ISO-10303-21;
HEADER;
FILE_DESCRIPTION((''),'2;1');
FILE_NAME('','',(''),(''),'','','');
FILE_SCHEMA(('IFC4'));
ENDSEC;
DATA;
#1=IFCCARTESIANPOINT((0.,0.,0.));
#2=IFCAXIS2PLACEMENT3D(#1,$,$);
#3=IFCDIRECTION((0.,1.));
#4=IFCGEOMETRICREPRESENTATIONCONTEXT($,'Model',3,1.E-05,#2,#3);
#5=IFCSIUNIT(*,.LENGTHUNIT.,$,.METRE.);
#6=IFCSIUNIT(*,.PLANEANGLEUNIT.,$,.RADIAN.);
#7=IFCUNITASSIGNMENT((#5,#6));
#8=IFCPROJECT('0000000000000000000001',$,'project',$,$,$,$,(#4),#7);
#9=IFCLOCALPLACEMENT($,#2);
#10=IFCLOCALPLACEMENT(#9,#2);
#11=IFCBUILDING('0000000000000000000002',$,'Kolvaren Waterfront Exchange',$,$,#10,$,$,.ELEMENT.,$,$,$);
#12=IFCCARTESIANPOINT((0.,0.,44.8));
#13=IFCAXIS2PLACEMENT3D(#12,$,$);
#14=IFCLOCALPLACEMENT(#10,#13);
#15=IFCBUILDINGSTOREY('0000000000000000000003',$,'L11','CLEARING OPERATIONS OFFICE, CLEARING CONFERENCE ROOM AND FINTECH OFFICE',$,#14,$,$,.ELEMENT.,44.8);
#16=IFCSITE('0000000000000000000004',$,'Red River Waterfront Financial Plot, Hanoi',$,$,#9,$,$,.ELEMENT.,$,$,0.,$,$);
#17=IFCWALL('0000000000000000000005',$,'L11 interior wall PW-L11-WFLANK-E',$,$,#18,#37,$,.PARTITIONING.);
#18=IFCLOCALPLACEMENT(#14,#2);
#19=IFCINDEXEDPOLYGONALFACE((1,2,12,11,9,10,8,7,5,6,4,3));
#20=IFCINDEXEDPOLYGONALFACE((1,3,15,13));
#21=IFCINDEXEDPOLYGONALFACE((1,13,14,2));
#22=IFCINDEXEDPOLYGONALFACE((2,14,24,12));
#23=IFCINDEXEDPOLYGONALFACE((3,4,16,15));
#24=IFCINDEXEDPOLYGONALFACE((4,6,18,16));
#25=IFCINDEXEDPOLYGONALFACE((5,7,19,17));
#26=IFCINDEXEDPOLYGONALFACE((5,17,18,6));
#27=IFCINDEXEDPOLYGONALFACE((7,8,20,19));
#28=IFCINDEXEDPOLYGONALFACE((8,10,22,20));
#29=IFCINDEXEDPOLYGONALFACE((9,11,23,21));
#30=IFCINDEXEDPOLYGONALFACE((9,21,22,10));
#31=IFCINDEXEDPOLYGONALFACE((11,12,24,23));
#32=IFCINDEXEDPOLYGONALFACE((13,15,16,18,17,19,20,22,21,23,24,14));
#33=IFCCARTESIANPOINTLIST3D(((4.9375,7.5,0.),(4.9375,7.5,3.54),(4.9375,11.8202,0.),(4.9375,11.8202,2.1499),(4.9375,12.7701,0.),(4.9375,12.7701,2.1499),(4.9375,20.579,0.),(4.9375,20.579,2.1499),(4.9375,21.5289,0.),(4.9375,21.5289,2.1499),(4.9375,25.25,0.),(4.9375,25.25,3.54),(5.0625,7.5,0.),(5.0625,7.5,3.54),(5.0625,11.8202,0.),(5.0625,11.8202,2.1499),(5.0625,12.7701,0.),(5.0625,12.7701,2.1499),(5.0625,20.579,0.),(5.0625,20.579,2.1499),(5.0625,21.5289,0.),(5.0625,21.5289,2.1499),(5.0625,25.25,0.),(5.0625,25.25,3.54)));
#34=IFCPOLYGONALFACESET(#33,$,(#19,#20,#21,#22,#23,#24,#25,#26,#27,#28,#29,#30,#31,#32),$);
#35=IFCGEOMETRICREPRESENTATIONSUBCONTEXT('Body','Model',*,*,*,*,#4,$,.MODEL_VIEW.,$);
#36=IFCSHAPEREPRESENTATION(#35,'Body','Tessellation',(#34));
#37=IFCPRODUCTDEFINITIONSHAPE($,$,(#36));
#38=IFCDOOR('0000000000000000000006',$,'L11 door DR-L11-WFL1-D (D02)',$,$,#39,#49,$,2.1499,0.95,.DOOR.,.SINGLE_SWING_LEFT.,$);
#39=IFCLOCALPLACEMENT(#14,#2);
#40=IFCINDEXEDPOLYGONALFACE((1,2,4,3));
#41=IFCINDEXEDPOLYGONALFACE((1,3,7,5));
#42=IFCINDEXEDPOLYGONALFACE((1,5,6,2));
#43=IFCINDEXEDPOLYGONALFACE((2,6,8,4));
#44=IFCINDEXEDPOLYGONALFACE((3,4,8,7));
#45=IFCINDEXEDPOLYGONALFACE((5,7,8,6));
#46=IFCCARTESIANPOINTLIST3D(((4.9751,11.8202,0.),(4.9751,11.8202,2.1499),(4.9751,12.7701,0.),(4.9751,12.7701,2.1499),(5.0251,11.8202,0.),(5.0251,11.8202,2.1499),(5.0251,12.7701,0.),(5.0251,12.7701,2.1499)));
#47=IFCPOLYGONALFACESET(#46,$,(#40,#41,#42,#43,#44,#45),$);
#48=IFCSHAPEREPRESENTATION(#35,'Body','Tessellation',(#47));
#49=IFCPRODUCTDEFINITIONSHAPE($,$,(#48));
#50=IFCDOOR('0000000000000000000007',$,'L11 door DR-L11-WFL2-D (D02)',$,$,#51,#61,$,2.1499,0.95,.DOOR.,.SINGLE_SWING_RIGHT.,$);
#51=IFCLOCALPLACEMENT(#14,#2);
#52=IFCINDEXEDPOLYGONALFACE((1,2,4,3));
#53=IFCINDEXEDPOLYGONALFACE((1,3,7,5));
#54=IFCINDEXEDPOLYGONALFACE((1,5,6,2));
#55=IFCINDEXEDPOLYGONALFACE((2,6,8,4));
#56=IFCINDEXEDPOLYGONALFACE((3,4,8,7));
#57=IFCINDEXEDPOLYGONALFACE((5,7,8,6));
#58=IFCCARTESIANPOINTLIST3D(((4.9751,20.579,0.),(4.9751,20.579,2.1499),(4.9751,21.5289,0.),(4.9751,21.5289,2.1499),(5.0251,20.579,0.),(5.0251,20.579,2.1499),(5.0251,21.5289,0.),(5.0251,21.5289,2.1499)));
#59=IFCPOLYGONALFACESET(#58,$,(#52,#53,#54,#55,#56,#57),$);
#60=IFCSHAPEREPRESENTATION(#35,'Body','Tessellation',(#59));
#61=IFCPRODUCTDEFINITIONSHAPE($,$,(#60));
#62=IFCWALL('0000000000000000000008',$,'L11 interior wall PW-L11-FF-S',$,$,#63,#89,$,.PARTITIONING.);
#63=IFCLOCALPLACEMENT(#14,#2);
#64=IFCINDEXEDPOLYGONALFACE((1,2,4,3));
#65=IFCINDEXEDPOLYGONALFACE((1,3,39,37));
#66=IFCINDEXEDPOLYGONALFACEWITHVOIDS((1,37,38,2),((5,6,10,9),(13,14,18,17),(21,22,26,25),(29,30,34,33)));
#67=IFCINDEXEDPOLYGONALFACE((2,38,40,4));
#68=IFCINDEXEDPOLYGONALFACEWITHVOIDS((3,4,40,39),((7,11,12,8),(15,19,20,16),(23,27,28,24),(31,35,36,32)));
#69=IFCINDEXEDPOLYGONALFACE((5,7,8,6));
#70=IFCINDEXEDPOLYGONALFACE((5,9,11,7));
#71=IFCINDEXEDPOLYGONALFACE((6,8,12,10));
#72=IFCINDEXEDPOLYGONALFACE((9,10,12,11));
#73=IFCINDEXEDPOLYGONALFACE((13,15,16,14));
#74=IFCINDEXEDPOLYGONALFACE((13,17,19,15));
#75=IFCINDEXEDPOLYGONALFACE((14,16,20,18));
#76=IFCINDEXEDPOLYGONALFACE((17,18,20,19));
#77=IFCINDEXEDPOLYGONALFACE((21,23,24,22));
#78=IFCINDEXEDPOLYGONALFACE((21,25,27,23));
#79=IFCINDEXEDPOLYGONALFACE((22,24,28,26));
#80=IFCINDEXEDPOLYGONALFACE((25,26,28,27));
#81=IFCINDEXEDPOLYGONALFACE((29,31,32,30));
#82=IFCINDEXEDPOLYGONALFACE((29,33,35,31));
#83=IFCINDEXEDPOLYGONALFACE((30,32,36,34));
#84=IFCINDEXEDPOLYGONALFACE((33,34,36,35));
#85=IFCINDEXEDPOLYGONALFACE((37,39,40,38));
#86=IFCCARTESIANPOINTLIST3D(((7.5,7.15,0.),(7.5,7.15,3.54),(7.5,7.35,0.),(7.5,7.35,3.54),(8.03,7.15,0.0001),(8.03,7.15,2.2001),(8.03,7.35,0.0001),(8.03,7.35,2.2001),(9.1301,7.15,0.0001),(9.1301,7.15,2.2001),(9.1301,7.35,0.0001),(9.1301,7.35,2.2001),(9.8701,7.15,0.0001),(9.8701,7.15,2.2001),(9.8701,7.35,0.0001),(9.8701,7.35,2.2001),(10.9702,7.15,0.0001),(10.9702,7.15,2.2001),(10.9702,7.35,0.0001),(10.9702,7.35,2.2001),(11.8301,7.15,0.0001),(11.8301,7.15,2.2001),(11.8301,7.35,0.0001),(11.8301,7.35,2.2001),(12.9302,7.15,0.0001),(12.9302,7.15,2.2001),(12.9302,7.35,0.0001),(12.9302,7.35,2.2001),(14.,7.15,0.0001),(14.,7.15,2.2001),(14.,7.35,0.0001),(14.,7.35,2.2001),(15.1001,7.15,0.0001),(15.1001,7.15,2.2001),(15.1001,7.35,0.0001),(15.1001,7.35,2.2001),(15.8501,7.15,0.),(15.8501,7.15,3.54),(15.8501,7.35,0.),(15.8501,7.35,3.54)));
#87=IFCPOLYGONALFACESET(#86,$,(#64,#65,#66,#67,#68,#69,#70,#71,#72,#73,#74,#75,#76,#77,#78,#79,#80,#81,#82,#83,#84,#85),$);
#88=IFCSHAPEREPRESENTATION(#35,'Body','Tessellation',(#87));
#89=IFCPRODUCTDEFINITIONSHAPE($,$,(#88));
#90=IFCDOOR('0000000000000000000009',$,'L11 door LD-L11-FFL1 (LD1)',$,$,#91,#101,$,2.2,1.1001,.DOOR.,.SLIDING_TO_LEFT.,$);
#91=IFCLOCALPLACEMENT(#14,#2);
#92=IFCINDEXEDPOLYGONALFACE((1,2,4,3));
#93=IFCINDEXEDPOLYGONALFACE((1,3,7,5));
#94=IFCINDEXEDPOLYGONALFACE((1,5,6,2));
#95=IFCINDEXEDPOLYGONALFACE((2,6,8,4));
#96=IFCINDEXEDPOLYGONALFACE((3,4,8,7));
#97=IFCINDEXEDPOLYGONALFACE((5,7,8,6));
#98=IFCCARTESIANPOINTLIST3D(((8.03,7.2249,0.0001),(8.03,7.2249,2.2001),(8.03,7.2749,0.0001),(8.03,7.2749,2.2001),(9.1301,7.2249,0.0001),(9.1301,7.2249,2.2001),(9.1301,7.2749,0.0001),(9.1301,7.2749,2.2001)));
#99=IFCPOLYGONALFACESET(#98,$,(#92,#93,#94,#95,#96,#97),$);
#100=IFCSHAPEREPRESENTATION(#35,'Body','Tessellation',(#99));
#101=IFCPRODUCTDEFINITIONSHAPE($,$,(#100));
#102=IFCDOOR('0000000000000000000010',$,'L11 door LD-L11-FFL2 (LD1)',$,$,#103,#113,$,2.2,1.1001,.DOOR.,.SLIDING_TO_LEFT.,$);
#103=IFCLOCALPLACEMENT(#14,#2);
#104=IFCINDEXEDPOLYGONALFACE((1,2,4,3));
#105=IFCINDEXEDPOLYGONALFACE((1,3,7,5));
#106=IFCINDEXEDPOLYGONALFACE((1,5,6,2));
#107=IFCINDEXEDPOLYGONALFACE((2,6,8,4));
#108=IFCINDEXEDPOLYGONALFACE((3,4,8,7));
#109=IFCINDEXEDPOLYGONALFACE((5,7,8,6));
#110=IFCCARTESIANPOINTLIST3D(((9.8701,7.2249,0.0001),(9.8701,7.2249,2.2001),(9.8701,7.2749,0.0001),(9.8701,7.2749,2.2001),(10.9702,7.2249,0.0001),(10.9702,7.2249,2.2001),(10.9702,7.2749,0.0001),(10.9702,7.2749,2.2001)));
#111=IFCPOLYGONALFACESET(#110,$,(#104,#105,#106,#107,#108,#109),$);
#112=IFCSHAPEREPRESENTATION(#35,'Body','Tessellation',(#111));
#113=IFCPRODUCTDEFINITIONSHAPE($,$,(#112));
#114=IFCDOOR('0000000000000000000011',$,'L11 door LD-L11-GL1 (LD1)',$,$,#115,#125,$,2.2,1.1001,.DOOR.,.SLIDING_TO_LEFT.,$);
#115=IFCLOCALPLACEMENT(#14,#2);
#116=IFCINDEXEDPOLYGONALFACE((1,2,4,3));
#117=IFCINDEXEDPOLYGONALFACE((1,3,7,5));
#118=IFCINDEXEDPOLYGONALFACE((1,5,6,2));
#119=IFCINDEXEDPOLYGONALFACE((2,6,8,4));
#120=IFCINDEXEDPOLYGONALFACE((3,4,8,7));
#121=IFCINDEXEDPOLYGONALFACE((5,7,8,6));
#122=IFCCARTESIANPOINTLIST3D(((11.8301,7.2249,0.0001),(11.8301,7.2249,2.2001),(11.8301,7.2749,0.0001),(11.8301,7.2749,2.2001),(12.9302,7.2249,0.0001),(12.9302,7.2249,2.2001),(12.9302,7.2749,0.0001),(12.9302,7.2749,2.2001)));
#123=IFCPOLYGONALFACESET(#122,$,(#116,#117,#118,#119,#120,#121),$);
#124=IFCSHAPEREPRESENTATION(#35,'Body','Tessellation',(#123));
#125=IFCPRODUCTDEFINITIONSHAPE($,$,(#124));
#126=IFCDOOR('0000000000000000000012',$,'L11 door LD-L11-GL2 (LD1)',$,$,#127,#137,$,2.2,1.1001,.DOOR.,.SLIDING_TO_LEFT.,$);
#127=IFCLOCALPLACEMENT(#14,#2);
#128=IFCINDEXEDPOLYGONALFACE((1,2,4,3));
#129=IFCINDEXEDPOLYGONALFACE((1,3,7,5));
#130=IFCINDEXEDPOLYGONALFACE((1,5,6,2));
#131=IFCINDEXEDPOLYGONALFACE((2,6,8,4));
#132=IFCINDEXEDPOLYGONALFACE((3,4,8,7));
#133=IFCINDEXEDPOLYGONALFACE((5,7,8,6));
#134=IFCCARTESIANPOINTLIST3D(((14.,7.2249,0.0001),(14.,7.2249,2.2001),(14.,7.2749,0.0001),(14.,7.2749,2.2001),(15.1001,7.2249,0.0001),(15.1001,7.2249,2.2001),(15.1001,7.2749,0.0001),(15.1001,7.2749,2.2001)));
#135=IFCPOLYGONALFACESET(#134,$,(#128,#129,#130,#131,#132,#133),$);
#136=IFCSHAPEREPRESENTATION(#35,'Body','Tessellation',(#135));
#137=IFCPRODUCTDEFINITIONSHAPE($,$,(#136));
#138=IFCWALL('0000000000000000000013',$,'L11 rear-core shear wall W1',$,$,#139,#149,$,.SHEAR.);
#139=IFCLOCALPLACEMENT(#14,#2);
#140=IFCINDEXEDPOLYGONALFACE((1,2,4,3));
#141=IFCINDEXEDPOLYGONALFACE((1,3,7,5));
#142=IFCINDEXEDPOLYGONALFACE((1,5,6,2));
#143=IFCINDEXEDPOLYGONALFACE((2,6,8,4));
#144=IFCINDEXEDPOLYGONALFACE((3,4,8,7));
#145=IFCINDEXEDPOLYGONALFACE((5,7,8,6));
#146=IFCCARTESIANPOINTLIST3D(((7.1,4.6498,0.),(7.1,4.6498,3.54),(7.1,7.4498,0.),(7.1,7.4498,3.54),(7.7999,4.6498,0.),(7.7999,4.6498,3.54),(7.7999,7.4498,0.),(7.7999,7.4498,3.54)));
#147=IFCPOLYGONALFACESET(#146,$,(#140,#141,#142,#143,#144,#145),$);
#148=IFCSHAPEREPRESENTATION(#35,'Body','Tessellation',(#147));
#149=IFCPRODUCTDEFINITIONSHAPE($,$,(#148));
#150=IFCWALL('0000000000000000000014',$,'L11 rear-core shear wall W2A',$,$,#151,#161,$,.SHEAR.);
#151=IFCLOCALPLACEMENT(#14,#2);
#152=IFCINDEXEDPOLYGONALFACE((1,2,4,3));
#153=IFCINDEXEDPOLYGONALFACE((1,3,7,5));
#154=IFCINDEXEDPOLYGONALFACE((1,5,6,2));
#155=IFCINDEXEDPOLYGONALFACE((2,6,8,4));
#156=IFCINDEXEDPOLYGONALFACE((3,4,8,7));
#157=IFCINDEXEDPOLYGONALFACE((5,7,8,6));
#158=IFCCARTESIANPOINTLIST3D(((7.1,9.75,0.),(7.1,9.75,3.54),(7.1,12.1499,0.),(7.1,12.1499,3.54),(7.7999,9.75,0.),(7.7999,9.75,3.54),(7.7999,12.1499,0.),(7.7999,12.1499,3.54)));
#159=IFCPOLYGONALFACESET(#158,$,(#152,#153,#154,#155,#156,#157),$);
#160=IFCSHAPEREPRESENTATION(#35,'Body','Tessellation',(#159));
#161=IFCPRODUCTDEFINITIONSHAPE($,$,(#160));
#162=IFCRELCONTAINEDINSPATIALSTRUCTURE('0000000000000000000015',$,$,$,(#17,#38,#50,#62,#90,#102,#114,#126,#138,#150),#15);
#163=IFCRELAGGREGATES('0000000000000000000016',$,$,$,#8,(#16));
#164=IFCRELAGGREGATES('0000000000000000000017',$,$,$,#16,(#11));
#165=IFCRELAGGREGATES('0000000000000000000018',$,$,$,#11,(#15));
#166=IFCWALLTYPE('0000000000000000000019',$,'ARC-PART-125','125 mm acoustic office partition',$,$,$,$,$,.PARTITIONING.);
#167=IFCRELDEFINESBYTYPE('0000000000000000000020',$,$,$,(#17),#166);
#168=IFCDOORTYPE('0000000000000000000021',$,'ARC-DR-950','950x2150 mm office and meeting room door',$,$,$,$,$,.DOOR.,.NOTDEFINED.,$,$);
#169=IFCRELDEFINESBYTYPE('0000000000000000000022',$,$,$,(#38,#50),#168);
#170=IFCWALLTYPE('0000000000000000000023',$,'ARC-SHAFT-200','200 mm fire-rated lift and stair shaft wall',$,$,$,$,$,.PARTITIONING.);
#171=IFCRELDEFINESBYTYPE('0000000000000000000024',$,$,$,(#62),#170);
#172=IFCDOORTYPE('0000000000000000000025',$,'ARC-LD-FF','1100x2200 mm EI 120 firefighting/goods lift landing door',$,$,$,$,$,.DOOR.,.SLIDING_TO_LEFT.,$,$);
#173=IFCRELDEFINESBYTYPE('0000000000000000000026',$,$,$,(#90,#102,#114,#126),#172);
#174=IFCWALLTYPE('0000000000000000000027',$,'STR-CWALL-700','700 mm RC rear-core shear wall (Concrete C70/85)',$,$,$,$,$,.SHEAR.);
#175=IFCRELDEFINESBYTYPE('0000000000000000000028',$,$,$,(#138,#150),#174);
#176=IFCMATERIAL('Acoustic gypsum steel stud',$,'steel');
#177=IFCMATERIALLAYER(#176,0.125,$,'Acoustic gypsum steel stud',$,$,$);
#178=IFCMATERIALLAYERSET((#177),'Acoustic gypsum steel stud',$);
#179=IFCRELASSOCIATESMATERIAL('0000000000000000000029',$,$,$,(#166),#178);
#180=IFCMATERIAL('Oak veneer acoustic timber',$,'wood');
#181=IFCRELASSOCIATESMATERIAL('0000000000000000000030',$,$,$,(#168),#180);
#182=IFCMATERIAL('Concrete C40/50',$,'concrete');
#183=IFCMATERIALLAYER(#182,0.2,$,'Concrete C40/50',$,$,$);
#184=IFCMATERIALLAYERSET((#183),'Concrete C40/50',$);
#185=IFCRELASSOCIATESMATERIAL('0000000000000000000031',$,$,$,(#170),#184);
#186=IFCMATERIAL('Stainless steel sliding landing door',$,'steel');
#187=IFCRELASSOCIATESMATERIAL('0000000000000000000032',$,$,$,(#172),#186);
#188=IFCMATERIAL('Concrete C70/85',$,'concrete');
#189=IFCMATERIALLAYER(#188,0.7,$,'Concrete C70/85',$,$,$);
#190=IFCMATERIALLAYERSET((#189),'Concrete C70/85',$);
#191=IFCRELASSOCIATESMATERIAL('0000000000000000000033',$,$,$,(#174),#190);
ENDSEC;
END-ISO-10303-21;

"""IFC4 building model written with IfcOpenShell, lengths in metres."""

from ifc_helpers import new_model, si_unit, direction, frame, frame_2d, origin, place, context, subcontext, project, spatial, rectangle, extrude, material, layer, layer_set, type_object, element, fill, save


model = new_model("IFC4")

# Units and contexts
model_context = context("Model", 3, precision=1e-05, world=origin(), true_north=direction((0.0, 1.0)))
body_context = subcontext(model_context, "Body", "Model", "MODEL_VIEW")
ifc_project = project(units=[si_unit("LENGTHUNIT", "METRE"), si_unit("PLANEANGLEUNIT", "RADIAN")], contexts=[model_context])

# Site, building, storey
site_placement = place(None, origin())
site = spatial("IfcSite", under=ifc_project, at=site_placement, Name="Red River Waterfront Financial Plot, Hanoi", CompositionType="ELEMENT", RefElevation=0.0)
building_placement = place(site_placement, origin())
building = spatial("IfcBuilding", under=site, at=building_placement, Name="Kolvaren Waterfront Exchange", CompositionType="ELEMENT")
storey_placement = place(building_placement, frame((0.0, 0.0, 44.8)))
storey = spatial("IfcBuildingStorey", under=building, at=storey_placement, Name="L11", Description="CLEARING OPERATIONS OFFICE, CLEARING CONFERENCE ROOM AND FINTECH OFFICE", CompositionType="ELEMENT", Elevation=44.8)

# Shared definitions
ifc_material_1 = material(Name="Concrete C70/85", Category="concrete")

# Shared definitions
ifc_material_2 = material(Name="Acoustic gypsum steel stud", Category="steel")
ifc_layer_1 = layer(ifc_material_2, 0.125, Name="Acoustic gypsum steel stud")
ifc_layer_set_1 = layer_set([ifc_layer_1], Name="Acoustic gypsum steel stud")
wall_type_1 = type_object("IfcWallType", Name="ARC-PART-125", Description="125 mm acoustic office partition", PredefinedType="PARTITIONING", material=ifc_layer_set_1)

# Walls, openings, doors
wall_1_placement = place(storey_placement, frame((5.0, 7.5, 0.0), z_axis=(0.0, 0.0, 1.0), x_axis=(0.0, 1.0, 0.0)))
wall_1 = element("IfcWall", 1, at=wall_1_placement, inside=storey, type_object=wall_type_1, Name="L11 interior wall PW-L11-WFLANK-E", PredefinedType="PARTITIONING", context=body_context, shape_type="SweptSolid", body=[
    extrude(rectangle(XDim=17.75, YDim=0.125, at=frame_2d((8.875, 0.0))), origin(), (0.0, 0.0, 1.0), 3.54),
])
opening_1_placement = place(wall_1_placement, frame((4.3201, 0.0, 0.0)))
opening_1 = element("IfcOpeningElement", 2, at=opening_1_placement, cuts=wall_1, PredefinedType="OPENING", context=body_context, shape_type="SweptSolid", body=[
    extrude(rectangle(XDim=0.95, YDim=2.1499, at=frame_2d((0.4751, 1.075))), frame((0.0, 0.0725, 0.0), z_axis=(0.0, -1.0, 0.0), x_axis=(1.0, 0.0, 0.0)), (0.0, 0.0, 1.0), 0.145),
])
opening_2_placement = place(wall_1_placement, frame((13.0789, 0.0, 0.0)))
opening_2 = element("IfcOpeningElement", 3, at=opening_2_placement, cuts=wall_1, PredefinedType="OPENING", context=body_context, shape_type="SweptSolid", body=[
    extrude(rectangle(XDim=0.95, YDim=2.1499, at=frame_2d((0.4751, 1.075))), frame((0.0, 0.0725, 0.0), z_axis=(0.0, -1.0, 0.0), x_axis=(1.0, 0.0, 0.0)), (0.0, 0.0, 1.0), 0.145),
])
ifc_material_3 = material(Name="Oak veneer acoustic timber", Category="wood")
door_type_1 = type_object("IfcDoorType", Name="ARC-DR-950", Description="950x2150 mm office and meeting room door", OperationType="NOTDEFINED", PredefinedType="DOOR", material=ifc_material_3)
door_1_placement = place(opening_1_placement, origin())
door_1 = element("IfcDoor", 4, at=door_1_placement, inside=storey, type_object=door_type_1, Name="L11 door DR-L11-WFL1-D (D02)", OperationType="SINGLE_SWING_LEFT", OverallHeight=2.1499, OverallWidth=0.95, PredefinedType="DOOR", context=body_context, shape_type="SweptSolid", body=[
    extrude(rectangle(XDim=0.95, YDim=2.1499, at=frame_2d((0.4751, 1.075))), frame((0.0, 0.0249, 0.0), z_axis=(0.0, -1.0, 0.0), x_axis=(1.0, 0.0, 0.0)), (0.0, 0.0, 1.0), 0.05),
])
fill(opening_1, door_1)
door_2_placement = place(opening_2_placement, origin())
door_2 = element("IfcDoor", 5, at=door_2_placement, inside=storey, type_object=door_type_1, Name="L11 door DR-L11-WFL2-D (D02)", OperationType="SINGLE_SWING_RIGHT", OverallHeight=2.1499, OverallWidth=0.95, PredefinedType="DOOR", context=body_context, shape_type="SweptSolid", body=[
    extrude(rectangle(XDim=0.95, YDim=2.1499, at=frame_2d((0.4751, 1.075))), frame((0.0, 0.0249, 0.0), z_axis=(0.0, -1.0, 0.0), x_axis=(1.0, 0.0, 0.0)), (0.0, 0.0, 1.0), 0.05),
])
fill(opening_2, door_2)
ifc_material_4 = material(Name="Concrete C40/50", Category="concrete")
ifc_layer_2 = layer(ifc_material_4, 0.2, Name="Concrete C40/50")
ifc_layer_set_2 = layer_set([ifc_layer_2], Name="Concrete C40/50")
wall_type_2 = type_object("IfcWallType", Name="ARC-SHAFT-200", Description="200 mm fire-rated lift and stair shaft wall", PredefinedType="PARTITIONING", material=ifc_layer_set_2)
wall_2_placement = place(storey_placement, frame((7.5, 7.25, 0.0), z_axis=(0.0, 0.0, 1.0), x_axis=(1.0, 0.0, 0.0)))
wall_2 = element("IfcWall", 6, at=wall_2_placement, inside=storey, type_object=wall_type_2, Name="L11 interior wall PW-L11-FF-S", PredefinedType="PARTITIONING", context=body_context, shape_type="SweptSolid", body=[
    extrude(rectangle(XDim=8.3501, YDim=0.2, at=frame_2d((4.175, 0.0))), origin(), (0.0, 0.0, 1.0), 3.54),
])
opening_3_placement = place(wall_2_placement, frame((0.53, 0.0, 0.0)))
opening_3 = element("IfcOpeningElement", 7, at=opening_3_placement, cuts=wall_2, PredefinedType="OPENING", context=body_context, shape_type="SweptSolid", body=[
    extrude(rectangle(XDim=1.1001, YDim=2.2, at=frame_2d((0.55, 1.1001))), frame((0.0, 0.1099, 0.0), z_axis=(0.0, -1.0, 0.0), x_axis=(1.0, 0.0, 0.0)), (0.0, 0.0, 1.0), 0.22),
])
opening_4_placement = place(wall_2_placement, frame((2.3701, 0.0, 0.0)))
opening_4 = element("IfcOpeningElement", 8, at=opening_4_placement, cuts=wall_2, PredefinedType="OPENING", context=body_context, shape_type="SweptSolid", body=[
    extrude(rectangle(XDim=1.1001, YDim=2.2, at=frame_2d((0.55, 1.1001))), frame((0.0, 0.1099, 0.0), z_axis=(0.0, -1.0, 0.0), x_axis=(1.0, 0.0, 0.0)), (0.0, 0.0, 1.0), 0.22),
])
opening_5_placement = place(wall_2_placement, frame((4.3301, 0.0, 0.0)))
opening_5 = element("IfcOpeningElement", 9, at=opening_5_placement, cuts=wall_2, PredefinedType="OPENING", context=body_context, shape_type="SweptSolid", body=[
    extrude(rectangle(XDim=1.1001, YDim=2.2, at=frame_2d((0.55, 1.1001))), frame((0.0, 0.1099, 0.0), z_axis=(0.0, -1.0, 0.0), x_axis=(1.0, 0.0, 0.0)), (0.0, 0.0, 1.0), 0.22),
])
opening_6_placement = place(wall_2_placement, frame((6.5, 0.0, 0.0)))
opening_6 = element("IfcOpeningElement", 10, at=opening_6_placement, cuts=wall_2, PredefinedType="OPENING", context=body_context, shape_type="SweptSolid", body=[
    extrude(rectangle(XDim=1.1001, YDim=2.2, at=frame_2d((0.55, 1.1001))), frame((0.0, 0.1099, 0.0), z_axis=(0.0, -1.0, 0.0), x_axis=(1.0, 0.0, 0.0)), (0.0, 0.0, 1.0), 0.22),
])
ifc_material_5 = material(Name="Stainless steel sliding landing door", Category="steel")
door_type_2 = type_object("IfcDoorType", Name="ARC-LD-FF", Description="1100x2200 mm EI 120 firefighting/goods lift landing door", OperationType="SLIDING_TO_LEFT", PredefinedType="DOOR", material=ifc_material_5)
door_3_placement = place(opening_3_placement, origin())
door_3 = element("IfcDoor", 11, at=door_3_placement, inside=storey, type_object=door_type_2, Name="L11 door LD-L11-FFL1 (LD1)", OperationType="SLIDING_TO_LEFT", OverallHeight=2.2, OverallWidth=1.1001, PredefinedType="DOOR", context=body_context, shape_type="SweptSolid", body=[
    extrude(rectangle(XDim=1.1001, YDim=2.2, at=frame_2d((0.55, 1.1001))), frame((0.0, 0.0249, 0.0), z_axis=(0.0, -1.0, 0.0), x_axis=(1.0, 0.0, 0.0)), (0.0, 0.0, 1.0), 0.05),
])
fill(opening_3, door_3)
door_4_placement = place(opening_4_placement, origin())
door_4 = element("IfcDoor", 12, at=door_4_placement, inside=storey, type_object=door_type_2, Name="L11 door LD-L11-FFL2 (LD1)", OperationType="SLIDING_TO_LEFT", OverallHeight=2.2, OverallWidth=1.1001, PredefinedType="DOOR", context=body_context, shape_type="SweptSolid", body=[
    extrude(rectangle(XDim=1.1001, YDim=2.2, at=frame_2d((0.55, 1.1001))), frame((0.0, 0.0249, 0.0), z_axis=(0.0, -1.0, 0.0), x_axis=(1.0, 0.0, 0.0)), (0.0, 0.0, 1.0), 0.05),
])
fill(opening_4, door_4)
door_5_placement = place(opening_5_placement, origin())
door_5 = element("IfcDoor", 13, at=door_5_placement, inside=storey, type_object=door_type_2, Name="L11 door LD-L11-GL1 (LD1)", OperationType="SLIDING_TO_LEFT", OverallHeight=2.2, OverallWidth=1.1001, PredefinedType="DOOR", context=body_context, shape_type="SweptSolid", body=[
    extrude(rectangle(XDim=1.1001, YDim=2.2, at=frame_2d((0.55, 1.1001))), frame((0.0, 0.0249, 0.0), z_axis=(0.0, -1.0, 0.0), x_axis=(1.0, 0.0, 0.0)), (0.0, 0.0, 1.0), 0.05),
])
fill(opening_5, door_5)
door_6_placement = place(opening_6_placement, origin())
door_6 = element("IfcDoor", 14, at=door_6_placement, inside=storey, type_object=door_type_2, Name="L11 door LD-L11-GL2 (LD1)", OperationType="SLIDING_TO_LEFT", OverallHeight=2.2, OverallWidth=1.1001, PredefinedType="DOOR", context=body_context, shape_type="SweptSolid", body=[
    extrude(rectangle(XDim=1.1001, YDim=2.2, at=frame_2d((0.55, 1.1001))), frame((0.0, 0.0249, 0.0), z_axis=(0.0, -1.0, 0.0), x_axis=(1.0, 0.0, 0.0)), (0.0, 0.0, 1.0), 0.05),
])
fill(opening_6, door_6)

# Walls
ifc_layer_3 = layer(ifc_material_1, 0.7, Name="Concrete C70/85")
ifc_layer_set_3 = layer_set([ifc_layer_3], Name="Concrete C70/85")
wall_type_3 = type_object("IfcWallType", Name="STR-CWALL-700", Description="700 mm RC rear-core shear wall (Concrete C70/85)", PredefinedType="SHEAR", material=ifc_layer_set_3)
wall_3_placement = place(storey_placement, frame((7.45, 4.6499, 0.0), z_axis=(0.0, 0.0, 1.0), x_axis=(0.0, 1.0, 0.0)))
element("IfcWall", 15, at=wall_3_placement, inside=storey, type_object=wall_type_3, Name="L11 rear-core shear wall W1", PredefinedType="SHEAR", context=body_context, shape_type="SweptSolid", body=[
    extrude(rectangle(XDim=2.8, YDim=0.7, at=frame_2d((1.3999, 0.0))), origin(), (0.0, 0.0, 1.0), 3.54),
])
wall_4_placement = place(storey_placement, frame((7.45, 9.75, 0.0), z_axis=(0.0, 0.0, 1.0), x_axis=(0.0, 1.0, 0.0)))
element("IfcWall", 16, at=wall_4_placement, inside=storey, type_object=wall_type_3, Name="L11 rear-core shear wall W2A", PredefinedType="SHEAR", context=body_context, shape_type="SweptSolid", body=[
    extrude(rectangle(XDim=2.3999, YDim=0.7, at=frame_2d((1.2, 0.0))), origin(), (0.0, 0.0, 1.0), 3.54),
])

save(model, "model.ifc")
